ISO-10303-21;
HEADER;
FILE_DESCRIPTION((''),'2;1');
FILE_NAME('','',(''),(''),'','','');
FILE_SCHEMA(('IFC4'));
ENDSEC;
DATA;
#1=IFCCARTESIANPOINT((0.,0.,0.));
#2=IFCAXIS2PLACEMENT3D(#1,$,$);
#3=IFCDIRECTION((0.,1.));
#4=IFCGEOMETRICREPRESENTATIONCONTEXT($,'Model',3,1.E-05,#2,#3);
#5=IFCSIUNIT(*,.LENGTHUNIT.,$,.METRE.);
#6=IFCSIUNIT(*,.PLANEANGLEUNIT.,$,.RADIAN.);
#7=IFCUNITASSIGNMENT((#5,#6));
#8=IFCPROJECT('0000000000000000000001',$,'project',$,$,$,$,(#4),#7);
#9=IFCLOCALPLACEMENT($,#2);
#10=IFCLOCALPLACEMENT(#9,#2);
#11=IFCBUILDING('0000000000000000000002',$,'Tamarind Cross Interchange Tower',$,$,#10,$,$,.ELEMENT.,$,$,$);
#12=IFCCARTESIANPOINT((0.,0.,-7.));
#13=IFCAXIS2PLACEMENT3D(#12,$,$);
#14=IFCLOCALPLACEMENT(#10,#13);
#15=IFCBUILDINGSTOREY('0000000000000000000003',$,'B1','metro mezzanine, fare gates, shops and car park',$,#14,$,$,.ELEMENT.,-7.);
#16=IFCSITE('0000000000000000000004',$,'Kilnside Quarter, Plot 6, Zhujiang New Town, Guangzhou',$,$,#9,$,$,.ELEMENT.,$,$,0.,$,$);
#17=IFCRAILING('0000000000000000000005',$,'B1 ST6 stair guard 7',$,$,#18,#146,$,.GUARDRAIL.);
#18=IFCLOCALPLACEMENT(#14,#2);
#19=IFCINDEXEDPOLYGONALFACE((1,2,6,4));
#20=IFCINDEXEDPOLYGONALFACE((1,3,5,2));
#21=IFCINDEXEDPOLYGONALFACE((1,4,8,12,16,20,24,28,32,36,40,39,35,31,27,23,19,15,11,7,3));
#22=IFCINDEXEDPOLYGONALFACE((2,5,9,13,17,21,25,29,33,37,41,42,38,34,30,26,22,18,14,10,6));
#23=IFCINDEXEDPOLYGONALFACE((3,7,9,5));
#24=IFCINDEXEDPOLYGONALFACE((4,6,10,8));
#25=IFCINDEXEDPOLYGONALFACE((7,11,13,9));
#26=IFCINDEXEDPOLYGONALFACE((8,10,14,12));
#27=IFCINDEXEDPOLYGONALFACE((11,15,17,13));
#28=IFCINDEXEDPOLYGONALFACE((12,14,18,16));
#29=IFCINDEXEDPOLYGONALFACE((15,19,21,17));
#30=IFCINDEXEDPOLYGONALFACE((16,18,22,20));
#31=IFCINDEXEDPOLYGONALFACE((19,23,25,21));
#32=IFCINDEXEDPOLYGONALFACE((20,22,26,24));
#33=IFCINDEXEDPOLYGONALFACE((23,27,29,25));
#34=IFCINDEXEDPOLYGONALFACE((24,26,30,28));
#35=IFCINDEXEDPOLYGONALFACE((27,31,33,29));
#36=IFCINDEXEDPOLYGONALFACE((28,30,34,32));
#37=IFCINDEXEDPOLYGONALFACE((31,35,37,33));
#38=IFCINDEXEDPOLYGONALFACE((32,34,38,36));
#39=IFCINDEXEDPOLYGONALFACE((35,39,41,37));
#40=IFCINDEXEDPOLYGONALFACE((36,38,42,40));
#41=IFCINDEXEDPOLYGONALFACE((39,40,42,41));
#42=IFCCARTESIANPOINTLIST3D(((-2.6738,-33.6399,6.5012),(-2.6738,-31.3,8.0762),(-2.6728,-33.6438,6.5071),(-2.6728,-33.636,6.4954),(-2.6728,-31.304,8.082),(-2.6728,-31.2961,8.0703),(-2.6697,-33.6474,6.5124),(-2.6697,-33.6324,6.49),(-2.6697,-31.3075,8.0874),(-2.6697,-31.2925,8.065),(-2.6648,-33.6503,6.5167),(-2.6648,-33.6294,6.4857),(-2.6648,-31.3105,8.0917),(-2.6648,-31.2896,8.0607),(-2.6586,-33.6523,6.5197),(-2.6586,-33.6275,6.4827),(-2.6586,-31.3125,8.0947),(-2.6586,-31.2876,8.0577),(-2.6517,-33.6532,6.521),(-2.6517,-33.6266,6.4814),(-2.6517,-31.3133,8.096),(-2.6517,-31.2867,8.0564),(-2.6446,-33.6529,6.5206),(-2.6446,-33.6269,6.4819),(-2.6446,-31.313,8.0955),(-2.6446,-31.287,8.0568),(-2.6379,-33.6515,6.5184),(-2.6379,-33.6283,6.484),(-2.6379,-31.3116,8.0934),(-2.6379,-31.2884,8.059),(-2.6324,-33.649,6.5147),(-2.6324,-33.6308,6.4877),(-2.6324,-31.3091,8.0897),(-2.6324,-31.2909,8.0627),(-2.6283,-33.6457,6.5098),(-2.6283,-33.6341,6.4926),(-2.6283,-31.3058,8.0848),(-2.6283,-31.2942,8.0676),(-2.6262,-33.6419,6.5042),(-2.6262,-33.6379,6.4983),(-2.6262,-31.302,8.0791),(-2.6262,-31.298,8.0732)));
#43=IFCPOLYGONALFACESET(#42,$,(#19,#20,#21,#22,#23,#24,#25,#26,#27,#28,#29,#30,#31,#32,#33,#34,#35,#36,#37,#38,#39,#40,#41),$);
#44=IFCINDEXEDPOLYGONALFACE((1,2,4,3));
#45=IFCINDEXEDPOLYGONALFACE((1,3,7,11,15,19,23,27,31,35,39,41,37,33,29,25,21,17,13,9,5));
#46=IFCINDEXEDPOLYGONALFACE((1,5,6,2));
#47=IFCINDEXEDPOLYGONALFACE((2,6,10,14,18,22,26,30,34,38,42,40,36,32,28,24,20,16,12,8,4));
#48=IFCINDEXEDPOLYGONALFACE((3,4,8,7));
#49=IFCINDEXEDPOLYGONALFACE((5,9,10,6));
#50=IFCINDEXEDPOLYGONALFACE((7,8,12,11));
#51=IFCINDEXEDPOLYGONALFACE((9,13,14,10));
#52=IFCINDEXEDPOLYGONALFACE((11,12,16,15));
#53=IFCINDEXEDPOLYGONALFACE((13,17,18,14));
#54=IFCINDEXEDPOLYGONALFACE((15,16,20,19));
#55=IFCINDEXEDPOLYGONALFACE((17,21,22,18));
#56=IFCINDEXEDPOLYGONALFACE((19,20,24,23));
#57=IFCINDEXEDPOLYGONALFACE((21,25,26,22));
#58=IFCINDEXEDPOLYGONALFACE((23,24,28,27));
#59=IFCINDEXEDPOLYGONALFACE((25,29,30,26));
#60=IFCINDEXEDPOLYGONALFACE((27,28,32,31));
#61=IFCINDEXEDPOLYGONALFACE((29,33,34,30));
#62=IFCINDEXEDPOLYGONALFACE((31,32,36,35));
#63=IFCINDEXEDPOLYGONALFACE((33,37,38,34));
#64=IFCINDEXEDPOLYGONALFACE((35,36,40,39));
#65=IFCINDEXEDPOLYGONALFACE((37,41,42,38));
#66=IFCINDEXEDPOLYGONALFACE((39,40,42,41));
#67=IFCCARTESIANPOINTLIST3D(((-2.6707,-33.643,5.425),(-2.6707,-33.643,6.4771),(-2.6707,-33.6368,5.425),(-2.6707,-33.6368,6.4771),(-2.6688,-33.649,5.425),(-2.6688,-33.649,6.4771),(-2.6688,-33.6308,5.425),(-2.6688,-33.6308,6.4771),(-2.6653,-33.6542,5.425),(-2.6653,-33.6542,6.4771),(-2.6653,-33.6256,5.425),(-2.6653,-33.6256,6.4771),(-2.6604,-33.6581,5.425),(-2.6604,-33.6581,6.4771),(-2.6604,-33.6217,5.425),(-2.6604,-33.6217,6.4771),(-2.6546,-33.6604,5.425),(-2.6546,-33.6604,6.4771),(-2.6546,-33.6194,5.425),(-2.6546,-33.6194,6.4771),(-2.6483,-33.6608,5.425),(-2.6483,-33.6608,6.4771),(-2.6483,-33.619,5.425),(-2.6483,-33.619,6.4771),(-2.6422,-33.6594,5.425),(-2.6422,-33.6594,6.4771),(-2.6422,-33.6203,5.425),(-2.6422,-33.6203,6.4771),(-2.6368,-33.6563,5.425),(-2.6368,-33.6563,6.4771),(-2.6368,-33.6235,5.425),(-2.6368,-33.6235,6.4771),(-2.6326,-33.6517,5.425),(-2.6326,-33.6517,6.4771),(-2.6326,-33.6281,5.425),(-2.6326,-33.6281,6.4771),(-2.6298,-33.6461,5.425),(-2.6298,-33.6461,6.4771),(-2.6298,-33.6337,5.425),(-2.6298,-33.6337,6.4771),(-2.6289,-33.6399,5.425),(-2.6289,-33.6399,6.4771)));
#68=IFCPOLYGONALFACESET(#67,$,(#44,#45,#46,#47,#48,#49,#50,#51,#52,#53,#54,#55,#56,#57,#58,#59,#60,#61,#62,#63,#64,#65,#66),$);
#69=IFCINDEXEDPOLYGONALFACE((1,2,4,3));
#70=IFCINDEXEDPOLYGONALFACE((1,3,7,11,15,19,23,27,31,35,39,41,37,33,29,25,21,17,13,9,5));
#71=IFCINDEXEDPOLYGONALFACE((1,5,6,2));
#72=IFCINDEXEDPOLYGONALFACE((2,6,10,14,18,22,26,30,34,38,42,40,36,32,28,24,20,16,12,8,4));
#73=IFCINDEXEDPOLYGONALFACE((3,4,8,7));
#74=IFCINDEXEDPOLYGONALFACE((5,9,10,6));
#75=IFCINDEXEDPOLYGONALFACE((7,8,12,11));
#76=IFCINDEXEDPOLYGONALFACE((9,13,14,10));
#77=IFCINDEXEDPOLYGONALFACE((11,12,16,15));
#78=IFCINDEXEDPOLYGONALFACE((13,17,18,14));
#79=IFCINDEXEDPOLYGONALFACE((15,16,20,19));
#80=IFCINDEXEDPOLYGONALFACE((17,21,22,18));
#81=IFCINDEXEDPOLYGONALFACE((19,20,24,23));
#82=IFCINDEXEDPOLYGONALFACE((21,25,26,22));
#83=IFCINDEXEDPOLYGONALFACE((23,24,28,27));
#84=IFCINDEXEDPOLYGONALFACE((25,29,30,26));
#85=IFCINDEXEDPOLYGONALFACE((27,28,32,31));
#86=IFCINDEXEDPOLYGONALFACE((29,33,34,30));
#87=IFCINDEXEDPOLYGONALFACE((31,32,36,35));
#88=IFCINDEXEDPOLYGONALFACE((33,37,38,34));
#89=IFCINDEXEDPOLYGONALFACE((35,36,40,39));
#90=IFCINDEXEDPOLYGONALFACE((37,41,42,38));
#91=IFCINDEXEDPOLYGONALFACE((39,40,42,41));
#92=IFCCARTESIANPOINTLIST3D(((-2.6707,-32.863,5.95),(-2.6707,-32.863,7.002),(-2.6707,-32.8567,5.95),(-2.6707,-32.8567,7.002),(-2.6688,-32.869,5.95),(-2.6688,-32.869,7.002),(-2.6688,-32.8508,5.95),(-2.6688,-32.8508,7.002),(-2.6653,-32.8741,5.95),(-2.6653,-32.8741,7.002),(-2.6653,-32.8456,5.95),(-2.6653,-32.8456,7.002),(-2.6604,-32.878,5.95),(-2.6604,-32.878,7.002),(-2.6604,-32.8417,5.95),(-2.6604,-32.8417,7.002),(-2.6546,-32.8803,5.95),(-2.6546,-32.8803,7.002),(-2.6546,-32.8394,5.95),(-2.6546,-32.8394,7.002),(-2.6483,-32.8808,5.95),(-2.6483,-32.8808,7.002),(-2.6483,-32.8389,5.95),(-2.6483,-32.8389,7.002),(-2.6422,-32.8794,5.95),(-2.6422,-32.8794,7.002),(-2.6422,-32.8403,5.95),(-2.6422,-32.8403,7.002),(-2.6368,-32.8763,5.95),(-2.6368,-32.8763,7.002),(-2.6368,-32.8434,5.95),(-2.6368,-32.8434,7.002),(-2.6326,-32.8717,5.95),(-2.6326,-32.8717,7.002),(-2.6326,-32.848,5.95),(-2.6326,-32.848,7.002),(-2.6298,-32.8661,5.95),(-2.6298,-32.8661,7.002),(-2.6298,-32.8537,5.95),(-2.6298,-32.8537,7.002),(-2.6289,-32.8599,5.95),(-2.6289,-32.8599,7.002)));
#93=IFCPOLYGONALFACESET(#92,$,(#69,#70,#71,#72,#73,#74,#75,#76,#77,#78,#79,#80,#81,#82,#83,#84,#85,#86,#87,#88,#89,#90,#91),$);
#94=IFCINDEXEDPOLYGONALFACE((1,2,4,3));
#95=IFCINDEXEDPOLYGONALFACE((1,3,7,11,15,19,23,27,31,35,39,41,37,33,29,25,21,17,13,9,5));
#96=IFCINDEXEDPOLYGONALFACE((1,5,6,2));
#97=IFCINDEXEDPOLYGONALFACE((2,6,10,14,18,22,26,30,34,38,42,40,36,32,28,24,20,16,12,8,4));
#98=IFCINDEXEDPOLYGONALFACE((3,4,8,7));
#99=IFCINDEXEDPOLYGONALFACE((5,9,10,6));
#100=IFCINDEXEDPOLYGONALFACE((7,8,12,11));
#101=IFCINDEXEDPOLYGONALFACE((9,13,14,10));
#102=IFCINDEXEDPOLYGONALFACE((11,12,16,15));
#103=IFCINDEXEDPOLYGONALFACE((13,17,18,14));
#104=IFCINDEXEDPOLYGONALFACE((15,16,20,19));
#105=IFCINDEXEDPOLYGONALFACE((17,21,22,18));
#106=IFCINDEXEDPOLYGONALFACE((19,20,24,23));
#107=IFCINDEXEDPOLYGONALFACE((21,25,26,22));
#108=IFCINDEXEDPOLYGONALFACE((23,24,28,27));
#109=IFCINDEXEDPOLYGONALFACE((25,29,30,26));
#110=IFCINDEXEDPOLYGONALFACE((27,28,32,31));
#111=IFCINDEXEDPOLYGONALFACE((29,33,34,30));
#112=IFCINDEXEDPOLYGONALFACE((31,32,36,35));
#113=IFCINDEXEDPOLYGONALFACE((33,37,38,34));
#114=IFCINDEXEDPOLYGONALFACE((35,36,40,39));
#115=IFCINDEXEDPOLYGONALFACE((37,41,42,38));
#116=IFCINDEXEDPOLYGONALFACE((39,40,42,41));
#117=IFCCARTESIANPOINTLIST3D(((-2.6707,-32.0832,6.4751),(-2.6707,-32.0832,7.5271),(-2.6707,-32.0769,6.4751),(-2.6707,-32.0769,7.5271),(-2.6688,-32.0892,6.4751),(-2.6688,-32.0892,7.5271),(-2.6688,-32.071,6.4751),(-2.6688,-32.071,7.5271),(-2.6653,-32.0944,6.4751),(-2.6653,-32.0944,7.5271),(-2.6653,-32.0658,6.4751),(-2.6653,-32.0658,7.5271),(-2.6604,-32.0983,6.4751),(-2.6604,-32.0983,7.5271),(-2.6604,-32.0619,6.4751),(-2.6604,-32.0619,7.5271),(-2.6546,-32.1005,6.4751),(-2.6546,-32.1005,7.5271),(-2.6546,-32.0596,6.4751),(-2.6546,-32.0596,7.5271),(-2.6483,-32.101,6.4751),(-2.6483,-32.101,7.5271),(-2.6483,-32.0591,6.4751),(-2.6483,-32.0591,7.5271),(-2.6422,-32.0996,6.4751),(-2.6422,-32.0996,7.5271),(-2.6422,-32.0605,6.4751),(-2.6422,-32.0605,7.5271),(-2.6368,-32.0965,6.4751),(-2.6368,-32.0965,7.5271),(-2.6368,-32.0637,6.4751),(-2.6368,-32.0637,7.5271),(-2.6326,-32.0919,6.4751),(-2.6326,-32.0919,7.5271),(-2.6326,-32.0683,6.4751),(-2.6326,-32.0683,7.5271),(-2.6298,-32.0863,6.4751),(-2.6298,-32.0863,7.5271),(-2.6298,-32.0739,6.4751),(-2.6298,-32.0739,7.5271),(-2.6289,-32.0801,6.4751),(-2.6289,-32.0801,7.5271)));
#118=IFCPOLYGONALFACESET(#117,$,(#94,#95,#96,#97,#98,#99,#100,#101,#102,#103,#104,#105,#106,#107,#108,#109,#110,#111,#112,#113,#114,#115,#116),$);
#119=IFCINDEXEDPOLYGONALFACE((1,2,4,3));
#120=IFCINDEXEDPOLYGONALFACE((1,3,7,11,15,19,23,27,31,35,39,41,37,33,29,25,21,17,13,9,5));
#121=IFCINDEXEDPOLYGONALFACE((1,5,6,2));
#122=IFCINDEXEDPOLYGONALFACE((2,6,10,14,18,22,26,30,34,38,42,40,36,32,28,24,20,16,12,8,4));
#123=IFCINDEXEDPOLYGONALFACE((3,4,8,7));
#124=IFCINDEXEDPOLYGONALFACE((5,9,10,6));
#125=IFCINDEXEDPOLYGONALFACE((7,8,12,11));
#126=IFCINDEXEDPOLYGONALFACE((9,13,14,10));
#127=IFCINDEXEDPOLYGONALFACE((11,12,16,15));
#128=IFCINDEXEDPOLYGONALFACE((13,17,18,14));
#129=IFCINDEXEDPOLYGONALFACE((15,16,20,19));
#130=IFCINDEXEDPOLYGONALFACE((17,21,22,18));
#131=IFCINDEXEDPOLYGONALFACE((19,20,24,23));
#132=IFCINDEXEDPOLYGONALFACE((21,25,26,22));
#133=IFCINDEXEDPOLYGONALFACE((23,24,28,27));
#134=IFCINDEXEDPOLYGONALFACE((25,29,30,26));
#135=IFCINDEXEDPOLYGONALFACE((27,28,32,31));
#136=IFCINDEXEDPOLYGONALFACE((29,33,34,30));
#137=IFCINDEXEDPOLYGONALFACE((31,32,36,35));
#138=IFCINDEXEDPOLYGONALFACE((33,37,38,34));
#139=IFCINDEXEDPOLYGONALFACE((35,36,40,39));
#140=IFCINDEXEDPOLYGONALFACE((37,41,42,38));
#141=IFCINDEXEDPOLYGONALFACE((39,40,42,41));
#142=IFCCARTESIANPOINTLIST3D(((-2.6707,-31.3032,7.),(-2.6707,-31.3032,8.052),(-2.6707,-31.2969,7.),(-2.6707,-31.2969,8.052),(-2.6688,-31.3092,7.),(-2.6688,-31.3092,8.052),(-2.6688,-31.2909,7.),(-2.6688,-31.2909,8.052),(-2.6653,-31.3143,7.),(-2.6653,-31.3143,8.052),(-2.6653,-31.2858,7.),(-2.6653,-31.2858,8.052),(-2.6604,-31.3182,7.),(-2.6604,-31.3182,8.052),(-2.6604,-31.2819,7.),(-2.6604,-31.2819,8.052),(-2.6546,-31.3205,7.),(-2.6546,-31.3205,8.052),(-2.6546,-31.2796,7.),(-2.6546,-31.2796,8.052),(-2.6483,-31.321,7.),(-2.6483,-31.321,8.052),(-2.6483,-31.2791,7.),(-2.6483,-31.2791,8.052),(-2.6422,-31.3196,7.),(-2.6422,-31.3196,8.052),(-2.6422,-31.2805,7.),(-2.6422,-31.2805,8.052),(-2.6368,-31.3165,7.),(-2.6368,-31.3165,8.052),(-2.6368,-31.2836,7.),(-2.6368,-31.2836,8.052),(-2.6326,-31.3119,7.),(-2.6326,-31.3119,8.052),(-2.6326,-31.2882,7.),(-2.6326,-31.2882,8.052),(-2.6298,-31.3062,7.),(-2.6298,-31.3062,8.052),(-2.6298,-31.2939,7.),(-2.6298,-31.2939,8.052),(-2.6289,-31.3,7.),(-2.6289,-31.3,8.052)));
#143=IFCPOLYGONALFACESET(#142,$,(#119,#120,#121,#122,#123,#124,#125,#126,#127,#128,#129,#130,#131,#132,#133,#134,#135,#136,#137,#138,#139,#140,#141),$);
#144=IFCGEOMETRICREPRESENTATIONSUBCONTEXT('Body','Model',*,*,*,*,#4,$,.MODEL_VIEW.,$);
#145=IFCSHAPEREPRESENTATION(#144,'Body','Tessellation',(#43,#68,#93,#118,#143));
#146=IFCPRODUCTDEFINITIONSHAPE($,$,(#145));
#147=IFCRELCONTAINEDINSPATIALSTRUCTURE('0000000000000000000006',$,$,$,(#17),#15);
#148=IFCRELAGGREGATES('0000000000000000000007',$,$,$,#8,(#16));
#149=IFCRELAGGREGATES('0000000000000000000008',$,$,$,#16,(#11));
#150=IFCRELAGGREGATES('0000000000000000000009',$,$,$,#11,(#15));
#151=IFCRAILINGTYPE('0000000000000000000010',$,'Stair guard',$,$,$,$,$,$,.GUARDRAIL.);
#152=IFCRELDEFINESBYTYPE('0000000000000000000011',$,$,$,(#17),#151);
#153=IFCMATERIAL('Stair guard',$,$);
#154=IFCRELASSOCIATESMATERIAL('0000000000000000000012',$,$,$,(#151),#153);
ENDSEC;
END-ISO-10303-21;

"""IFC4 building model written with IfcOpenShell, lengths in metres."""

from ifc_helpers import new_model, si_unit, direction, frame, origin, origin_2d, place, context, subcontext, project, spatial, circle, extrude, material, type_object, element, save


model = new_model("IFC4")

# Units and contexts
model_context = context("Model", 3, precision=1e-05, world=origin(), true_north=direction((0.0, 1.0)))
body_context = subcontext(model_context, "Body", "Model", "MODEL_VIEW")
ifc_project = project(units=[si_unit("LENGTHUNIT", "METRE"), si_unit("PLANEANGLEUNIT", "RADIAN")], contexts=[model_context])

# Site, building, storey
site_placement = place(None, origin())
site = spatial("IfcSite", under=ifc_project, at=site_placement, Name="Kilnside Quarter, Plot 6, Zhujiang New Town, Guangzhou", CompositionType="ELEMENT", RefElevation=0.0)
building_placement = place(site_placement, origin())
building = spatial("IfcBuilding", under=site, at=building_placement, Name="Tamarind Cross Interchange Tower", CompositionType="ELEMENT")
storey_placement = place(building_placement, frame((0.0, 0.0, -7.0)))
storey = spatial("IfcBuildingStorey", under=building, at=storey_placement, Name="B1", Description="metro mezzanine, fare gates, shops and car park", CompositionType="ELEMENT", Elevation=-7.0)

# Railing
ifc_material_1 = material(Name="Stair guard")
railing_type_1 = type_object("IfcRailingType", Name="Stair guard", PredefinedType="GUARDRAIL", material=ifc_material_1)
railing_1_placement = place(storey_placement, frame((-2.6499, -33.6399, 5.425)))
element("IfcRailing", 1, at=railing_1_placement, inside=storey, type_object=railing_type_1, Name="B1 ST6 stair guard 7", PredefinedType="GUARDRAIL", context=body_context, shape_type="SweptSolid", body=[
    extrude(circle(Radius=0.0239, at=origin_2d()), frame((0.0, 0.0, 1.0762), z_axis=(0.0, 0.829578, 0.55839), x_axis=(-1.0, 0.0, 0.0)), (0.0, 0.0, 1.0), 2.8206),
    extrude(circle(Radius=0.021, at=origin_2d()), origin(), (0.0, 0.0, 1.0), 1.052),
    extrude(circle(Radius=0.021, at=origin_2d()), frame((0.0, 0.78, 0.5249)), (0.0, 0.0, 1.0), 1.052),
    extrude(circle(Radius=0.021, at=origin_2d()), frame((0.0, 1.5598, 1.05)), (0.0, 0.0, 1.0), 1.052),
    extrude(circle(Radius=0.021, at=origin_2d()), frame((0.0, 2.3398, 1.575)), (0.0, 0.0, 1.0), 1.052),
])

save(model, "model.ifc")
